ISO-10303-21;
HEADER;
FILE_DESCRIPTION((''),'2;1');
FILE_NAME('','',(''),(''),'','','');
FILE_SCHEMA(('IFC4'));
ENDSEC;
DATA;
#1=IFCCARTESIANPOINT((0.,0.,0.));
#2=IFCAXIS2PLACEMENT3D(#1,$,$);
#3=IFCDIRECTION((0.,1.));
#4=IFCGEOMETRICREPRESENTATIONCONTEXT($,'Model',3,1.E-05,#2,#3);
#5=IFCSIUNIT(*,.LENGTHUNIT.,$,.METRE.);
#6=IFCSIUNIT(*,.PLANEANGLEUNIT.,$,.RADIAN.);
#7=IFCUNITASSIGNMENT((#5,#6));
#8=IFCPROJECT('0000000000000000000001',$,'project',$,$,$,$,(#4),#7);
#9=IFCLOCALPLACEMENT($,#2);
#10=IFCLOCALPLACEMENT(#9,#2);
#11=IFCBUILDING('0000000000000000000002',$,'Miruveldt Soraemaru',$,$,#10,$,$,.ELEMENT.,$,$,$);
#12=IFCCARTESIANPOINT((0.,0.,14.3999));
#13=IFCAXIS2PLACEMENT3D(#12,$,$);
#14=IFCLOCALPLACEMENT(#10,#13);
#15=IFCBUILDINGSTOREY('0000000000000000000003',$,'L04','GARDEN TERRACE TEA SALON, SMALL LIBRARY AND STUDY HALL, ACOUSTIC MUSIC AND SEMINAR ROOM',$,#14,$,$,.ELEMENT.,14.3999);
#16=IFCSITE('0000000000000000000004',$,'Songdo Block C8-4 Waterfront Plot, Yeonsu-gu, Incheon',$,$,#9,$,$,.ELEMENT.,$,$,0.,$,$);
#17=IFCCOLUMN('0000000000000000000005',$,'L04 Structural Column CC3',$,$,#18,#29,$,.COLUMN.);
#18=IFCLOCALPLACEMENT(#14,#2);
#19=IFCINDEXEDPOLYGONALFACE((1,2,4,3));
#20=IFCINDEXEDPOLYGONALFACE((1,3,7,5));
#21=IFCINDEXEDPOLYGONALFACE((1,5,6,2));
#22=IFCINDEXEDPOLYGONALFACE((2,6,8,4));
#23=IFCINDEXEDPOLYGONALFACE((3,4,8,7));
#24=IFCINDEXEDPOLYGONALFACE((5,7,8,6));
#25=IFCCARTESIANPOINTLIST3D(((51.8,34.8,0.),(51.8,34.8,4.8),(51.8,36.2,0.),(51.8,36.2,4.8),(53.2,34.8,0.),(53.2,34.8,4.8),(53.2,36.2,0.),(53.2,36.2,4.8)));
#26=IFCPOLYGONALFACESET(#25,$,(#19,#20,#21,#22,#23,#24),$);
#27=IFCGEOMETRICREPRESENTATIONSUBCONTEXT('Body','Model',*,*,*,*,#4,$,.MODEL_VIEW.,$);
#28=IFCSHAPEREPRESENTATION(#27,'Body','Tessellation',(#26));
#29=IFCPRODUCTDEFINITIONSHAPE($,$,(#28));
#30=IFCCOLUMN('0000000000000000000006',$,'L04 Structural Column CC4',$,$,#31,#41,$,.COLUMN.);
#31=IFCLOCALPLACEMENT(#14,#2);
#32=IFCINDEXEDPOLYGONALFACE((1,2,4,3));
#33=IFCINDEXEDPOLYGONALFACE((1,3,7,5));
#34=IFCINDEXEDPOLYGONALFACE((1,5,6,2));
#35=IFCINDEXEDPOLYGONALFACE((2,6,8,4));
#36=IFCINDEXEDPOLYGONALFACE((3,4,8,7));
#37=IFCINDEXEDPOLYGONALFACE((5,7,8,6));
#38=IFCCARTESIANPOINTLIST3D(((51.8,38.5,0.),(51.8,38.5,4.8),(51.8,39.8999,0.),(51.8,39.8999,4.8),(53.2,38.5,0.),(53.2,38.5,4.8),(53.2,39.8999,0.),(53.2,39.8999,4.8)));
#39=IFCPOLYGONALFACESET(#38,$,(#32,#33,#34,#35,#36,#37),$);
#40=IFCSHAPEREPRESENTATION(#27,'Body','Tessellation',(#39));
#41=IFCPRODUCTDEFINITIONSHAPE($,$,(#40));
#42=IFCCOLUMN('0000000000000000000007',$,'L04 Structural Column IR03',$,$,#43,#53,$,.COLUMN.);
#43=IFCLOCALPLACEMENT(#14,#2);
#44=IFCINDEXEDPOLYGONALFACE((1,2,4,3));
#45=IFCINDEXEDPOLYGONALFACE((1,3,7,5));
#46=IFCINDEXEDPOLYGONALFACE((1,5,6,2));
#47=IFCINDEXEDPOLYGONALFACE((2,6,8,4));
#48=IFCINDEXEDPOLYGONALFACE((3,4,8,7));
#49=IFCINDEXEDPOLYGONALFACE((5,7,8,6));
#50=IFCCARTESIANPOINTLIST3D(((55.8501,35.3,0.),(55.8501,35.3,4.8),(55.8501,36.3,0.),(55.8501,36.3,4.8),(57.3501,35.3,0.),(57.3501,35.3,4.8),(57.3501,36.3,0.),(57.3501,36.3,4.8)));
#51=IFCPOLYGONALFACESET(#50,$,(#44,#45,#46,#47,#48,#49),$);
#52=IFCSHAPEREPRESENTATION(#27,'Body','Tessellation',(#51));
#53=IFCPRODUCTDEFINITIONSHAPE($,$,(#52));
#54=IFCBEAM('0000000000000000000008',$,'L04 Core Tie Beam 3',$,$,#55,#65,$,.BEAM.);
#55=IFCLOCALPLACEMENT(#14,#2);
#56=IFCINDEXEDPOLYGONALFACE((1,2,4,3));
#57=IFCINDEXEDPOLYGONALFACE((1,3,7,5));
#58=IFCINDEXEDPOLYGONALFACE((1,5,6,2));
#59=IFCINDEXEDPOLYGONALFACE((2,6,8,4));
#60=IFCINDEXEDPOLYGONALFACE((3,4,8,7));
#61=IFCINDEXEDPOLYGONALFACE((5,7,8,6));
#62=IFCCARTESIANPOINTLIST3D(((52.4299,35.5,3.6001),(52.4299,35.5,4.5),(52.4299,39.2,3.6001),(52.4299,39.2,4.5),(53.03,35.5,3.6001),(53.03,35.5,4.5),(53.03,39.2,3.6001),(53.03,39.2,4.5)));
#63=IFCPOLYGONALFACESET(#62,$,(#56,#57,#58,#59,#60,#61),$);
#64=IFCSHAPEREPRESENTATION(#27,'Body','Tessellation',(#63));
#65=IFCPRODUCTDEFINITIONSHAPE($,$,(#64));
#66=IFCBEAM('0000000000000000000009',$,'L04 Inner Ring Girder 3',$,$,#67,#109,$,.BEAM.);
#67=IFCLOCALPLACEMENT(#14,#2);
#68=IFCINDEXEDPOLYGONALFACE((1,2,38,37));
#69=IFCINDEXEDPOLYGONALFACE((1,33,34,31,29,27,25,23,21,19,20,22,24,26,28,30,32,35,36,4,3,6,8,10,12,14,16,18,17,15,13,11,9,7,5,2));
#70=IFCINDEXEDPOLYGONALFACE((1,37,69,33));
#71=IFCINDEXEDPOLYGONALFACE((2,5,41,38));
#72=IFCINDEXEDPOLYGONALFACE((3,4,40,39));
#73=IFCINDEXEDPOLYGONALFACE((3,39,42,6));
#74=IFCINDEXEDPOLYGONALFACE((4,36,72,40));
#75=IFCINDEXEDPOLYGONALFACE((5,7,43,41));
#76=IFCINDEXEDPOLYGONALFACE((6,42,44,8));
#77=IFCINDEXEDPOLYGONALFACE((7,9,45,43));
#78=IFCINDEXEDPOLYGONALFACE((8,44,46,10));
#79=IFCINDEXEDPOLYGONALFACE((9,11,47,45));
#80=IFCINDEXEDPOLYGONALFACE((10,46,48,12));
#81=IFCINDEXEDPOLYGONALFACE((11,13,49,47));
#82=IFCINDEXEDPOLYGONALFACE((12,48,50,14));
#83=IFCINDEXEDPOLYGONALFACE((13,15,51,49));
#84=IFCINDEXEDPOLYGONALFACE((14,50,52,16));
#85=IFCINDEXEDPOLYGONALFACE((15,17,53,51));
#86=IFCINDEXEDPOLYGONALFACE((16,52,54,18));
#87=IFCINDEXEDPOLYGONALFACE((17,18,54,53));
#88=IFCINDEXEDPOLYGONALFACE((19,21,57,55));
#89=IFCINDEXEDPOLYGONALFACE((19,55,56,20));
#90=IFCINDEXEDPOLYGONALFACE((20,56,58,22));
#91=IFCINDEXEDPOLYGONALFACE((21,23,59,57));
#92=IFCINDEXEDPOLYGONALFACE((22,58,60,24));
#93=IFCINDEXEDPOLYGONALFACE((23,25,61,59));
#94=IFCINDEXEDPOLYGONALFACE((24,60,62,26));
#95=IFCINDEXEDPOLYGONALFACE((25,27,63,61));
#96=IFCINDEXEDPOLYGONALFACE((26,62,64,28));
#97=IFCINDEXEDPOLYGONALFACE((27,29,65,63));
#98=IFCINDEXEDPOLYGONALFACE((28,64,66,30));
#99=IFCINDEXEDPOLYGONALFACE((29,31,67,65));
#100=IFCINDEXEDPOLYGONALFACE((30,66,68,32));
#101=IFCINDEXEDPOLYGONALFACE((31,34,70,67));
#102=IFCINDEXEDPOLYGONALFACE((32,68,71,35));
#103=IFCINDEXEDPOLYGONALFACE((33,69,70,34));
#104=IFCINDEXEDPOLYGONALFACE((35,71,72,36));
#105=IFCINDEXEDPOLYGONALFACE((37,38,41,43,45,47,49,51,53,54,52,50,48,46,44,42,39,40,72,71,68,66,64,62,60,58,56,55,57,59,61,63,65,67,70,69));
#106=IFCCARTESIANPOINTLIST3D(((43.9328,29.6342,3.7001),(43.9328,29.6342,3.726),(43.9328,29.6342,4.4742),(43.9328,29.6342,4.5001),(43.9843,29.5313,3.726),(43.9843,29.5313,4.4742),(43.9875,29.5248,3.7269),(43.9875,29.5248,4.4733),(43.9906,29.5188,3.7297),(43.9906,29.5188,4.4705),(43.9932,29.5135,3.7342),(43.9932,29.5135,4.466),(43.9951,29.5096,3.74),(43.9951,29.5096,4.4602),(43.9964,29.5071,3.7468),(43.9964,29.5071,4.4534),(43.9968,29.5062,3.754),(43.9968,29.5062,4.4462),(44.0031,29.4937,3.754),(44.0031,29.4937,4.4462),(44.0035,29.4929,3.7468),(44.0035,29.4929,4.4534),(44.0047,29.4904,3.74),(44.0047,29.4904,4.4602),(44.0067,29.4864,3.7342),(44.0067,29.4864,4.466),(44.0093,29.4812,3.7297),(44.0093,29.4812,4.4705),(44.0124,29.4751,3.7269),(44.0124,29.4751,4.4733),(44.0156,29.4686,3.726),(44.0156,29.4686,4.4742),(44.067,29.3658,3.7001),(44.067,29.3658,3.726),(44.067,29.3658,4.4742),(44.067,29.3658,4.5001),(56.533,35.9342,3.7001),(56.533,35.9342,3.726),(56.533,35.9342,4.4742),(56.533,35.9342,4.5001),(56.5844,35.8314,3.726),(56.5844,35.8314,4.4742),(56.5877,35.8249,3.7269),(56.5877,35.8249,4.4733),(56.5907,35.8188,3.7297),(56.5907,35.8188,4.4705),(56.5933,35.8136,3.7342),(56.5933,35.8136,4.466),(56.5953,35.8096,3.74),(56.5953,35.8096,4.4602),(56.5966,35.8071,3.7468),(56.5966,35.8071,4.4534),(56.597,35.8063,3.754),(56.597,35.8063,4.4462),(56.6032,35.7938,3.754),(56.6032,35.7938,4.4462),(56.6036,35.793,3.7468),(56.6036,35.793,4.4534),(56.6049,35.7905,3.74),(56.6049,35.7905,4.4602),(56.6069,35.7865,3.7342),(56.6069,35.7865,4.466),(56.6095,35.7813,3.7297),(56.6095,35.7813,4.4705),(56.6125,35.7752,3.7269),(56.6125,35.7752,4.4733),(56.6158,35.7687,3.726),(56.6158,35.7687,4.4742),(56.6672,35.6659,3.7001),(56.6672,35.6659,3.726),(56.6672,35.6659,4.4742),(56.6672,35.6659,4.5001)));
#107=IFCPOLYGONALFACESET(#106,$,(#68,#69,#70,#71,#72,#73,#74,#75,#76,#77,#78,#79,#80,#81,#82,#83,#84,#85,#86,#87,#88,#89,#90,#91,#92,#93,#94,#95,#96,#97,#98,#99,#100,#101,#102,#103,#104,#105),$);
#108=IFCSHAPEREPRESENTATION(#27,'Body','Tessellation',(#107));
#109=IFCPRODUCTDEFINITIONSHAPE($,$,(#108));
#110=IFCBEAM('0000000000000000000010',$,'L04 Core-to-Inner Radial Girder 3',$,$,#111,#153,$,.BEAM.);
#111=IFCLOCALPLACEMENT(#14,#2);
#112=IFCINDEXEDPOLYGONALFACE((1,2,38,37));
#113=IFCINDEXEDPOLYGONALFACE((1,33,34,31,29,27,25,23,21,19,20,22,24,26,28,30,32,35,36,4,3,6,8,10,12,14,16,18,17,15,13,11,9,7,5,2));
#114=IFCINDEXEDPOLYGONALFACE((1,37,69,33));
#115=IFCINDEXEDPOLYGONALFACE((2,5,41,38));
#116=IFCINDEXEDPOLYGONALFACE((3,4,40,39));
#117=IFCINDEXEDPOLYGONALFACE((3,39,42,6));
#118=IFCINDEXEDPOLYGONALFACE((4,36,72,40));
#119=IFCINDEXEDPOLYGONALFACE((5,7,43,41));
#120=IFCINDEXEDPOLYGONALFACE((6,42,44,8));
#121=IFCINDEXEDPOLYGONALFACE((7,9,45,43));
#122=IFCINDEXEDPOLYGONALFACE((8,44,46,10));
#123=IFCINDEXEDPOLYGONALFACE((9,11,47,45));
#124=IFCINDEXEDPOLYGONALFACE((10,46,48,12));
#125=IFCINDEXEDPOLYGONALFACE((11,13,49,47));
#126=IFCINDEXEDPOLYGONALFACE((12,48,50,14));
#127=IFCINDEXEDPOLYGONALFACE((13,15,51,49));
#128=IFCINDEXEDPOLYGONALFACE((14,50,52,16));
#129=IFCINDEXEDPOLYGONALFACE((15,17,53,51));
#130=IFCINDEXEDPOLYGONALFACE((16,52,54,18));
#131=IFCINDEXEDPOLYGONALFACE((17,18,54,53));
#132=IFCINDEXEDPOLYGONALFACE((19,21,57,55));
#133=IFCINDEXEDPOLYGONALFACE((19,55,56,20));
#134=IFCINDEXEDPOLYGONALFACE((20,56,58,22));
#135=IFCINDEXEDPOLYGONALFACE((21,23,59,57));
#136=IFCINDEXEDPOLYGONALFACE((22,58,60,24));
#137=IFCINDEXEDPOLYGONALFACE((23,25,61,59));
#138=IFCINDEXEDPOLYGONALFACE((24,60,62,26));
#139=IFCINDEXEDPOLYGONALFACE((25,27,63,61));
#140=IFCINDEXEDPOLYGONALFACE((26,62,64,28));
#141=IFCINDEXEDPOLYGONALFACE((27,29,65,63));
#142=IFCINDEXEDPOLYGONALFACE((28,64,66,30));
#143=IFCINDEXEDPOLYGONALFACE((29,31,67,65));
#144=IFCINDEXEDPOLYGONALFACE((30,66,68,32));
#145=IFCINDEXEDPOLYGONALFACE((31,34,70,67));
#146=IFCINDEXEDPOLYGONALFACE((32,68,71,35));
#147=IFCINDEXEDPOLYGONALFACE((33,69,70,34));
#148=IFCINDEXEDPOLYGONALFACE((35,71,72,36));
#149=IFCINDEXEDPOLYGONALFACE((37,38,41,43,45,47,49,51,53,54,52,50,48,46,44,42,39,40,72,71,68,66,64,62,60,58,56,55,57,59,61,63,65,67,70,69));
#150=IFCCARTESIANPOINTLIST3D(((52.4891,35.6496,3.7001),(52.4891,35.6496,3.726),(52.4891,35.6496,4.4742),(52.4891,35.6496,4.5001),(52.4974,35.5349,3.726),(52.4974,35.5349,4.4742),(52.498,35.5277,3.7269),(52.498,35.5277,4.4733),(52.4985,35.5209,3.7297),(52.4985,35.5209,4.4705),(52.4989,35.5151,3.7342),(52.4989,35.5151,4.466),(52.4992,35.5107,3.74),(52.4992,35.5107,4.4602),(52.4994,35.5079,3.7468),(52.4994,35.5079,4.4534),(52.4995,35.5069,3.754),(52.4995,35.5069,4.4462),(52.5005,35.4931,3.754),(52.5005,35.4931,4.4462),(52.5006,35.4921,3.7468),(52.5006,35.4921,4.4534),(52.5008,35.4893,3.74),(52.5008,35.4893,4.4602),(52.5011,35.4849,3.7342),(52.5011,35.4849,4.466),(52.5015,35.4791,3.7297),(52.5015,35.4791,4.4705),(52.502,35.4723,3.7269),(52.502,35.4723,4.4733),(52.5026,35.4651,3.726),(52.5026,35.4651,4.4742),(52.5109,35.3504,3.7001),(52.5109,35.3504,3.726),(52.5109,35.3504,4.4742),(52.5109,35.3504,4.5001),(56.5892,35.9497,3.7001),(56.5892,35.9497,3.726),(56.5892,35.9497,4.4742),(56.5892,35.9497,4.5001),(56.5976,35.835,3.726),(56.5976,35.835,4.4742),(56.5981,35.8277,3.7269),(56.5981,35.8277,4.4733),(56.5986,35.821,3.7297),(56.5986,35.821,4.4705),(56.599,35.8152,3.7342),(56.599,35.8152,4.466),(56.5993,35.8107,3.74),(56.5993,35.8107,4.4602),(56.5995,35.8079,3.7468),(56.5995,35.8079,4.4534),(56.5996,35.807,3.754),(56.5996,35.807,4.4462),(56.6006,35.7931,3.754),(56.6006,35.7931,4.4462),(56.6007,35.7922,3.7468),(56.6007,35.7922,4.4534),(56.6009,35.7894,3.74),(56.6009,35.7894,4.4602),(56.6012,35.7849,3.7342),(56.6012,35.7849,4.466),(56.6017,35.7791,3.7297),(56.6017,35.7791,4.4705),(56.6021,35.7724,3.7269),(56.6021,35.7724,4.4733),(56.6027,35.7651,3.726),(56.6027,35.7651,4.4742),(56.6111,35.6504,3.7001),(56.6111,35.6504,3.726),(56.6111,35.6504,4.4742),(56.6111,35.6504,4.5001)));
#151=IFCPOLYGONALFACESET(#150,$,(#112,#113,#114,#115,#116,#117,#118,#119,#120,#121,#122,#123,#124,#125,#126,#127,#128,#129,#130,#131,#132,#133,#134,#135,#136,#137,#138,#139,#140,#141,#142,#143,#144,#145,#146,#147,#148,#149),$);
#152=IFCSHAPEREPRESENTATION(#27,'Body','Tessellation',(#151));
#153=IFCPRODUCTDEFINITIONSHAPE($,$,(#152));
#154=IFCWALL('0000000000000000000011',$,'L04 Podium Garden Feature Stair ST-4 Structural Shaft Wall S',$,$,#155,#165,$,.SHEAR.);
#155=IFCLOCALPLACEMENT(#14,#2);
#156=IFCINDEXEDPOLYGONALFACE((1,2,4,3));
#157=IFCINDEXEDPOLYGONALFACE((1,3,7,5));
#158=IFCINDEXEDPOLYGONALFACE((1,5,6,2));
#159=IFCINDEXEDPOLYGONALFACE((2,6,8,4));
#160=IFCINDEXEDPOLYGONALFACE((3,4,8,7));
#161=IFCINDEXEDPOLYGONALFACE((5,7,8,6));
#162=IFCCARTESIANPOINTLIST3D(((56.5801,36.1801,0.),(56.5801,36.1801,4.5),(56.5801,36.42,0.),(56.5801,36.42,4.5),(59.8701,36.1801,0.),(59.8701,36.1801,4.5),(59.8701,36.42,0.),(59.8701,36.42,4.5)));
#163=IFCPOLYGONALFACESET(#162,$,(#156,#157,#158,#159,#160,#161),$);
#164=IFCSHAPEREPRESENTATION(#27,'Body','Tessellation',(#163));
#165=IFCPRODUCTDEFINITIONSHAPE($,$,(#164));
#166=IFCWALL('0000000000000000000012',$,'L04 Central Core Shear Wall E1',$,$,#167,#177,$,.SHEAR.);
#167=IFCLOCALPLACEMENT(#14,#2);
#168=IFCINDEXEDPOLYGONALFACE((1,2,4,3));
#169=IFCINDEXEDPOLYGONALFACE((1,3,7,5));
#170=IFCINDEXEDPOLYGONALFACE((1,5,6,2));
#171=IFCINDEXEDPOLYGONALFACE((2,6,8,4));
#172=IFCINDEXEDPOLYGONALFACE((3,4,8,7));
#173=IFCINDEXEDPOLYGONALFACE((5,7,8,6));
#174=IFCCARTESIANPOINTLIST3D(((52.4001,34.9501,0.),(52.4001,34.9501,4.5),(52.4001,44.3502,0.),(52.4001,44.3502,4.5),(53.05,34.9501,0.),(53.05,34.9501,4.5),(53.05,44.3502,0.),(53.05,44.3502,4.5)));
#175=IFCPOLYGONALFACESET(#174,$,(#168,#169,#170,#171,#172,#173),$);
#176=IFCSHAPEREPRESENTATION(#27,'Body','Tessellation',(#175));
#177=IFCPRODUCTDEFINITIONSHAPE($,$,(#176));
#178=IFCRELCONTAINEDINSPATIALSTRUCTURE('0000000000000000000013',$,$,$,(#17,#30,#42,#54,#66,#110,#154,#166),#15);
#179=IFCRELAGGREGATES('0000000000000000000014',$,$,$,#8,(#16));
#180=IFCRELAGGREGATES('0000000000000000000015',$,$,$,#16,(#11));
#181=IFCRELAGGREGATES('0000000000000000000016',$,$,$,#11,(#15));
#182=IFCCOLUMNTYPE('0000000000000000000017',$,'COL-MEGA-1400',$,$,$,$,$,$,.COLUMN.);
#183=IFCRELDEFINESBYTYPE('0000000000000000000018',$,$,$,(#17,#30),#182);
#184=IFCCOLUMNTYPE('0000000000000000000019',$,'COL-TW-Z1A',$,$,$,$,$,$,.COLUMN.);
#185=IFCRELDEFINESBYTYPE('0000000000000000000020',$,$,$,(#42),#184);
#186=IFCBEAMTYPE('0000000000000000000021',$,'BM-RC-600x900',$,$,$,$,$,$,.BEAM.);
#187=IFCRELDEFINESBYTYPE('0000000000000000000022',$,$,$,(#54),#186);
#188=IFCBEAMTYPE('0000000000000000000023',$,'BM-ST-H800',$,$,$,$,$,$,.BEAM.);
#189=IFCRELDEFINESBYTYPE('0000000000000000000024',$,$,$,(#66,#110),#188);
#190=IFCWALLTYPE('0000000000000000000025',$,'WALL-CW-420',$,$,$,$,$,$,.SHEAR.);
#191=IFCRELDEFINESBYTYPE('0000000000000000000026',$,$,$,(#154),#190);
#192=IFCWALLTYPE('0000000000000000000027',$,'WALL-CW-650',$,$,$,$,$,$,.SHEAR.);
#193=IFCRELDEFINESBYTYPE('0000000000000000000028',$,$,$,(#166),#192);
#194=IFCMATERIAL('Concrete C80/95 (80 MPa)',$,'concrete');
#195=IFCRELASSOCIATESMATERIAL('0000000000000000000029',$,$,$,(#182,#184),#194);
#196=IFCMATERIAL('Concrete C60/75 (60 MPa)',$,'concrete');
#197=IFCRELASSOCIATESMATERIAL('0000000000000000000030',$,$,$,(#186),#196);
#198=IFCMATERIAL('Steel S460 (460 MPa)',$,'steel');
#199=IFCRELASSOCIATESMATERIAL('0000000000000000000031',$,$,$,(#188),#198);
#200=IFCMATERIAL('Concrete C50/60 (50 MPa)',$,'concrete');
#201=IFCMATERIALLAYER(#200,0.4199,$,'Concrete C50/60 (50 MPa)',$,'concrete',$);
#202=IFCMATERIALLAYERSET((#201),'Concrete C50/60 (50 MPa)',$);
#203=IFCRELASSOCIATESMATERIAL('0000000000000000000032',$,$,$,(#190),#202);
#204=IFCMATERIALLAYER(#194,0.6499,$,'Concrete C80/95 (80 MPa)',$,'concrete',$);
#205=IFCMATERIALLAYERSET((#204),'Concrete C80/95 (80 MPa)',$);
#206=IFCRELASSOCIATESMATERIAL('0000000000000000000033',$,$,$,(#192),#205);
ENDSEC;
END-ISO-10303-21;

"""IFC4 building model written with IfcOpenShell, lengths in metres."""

from ifc_helpers import new_model, si_unit, direction, frame, frame_2d, origin, origin_2d, place, context, subcontext, project, spatial, rectangle, i_section, extrude, material, layer, layer_set, material_profile, profile_set, type_object, element, save


model = new_model("IFC4")

# Units and contexts
model_context = context("Model", 3, precision=1e-05, world=origin(), true_north=direction((0.0, 1.0)))
body_context = subcontext(model_context, "Body", "Model", "MODEL_VIEW")
ifc_project = project(units=[si_unit("LENGTHUNIT", "METRE"), si_unit("PLANEANGLEUNIT", "RADIAN")], contexts=[model_context])

# Site, building, storey
site_placement = place(None, origin())
site = spatial("IfcSite", under=ifc_project, at=site_placement, Name="Songdo Block C8-4 Waterfront Plot, Yeonsu-gu, Incheon", CompositionType="ELEMENT", RefElevation=0.0)
building_placement = place(site_placement, origin())
building = spatial("IfcBuilding", under=site, at=building_placement, Name="Miruveldt Soraemaru", CompositionType="ELEMENT")
storey_placement = place(building_placement, frame((0.0, 0.0, 14.3999)))
storey = spatial("IfcBuildingStorey", under=building, at=storey_placement, Name="L04", Description="GARDEN TERRACE TEA SALON, SMALL LIBRARY AND STUDY HALL, ACOUSTIC MUSIC AND SEMINAR ROOM", CompositionType="ELEMENT", Elevation=14.3999)

# Columns
ifc_material_1 = material(Name="Concrete C80/95 (80 MPa)", Category="concrete")
ifc_material_profile_1 = material_profile(ifc_material_1, rectangle(XDim=1.3999, YDim=1.3999, at=origin_2d()), Name="Concrete C80/95 (80 MPa)", Category="concrete")
ifc_profile_set_1 = profile_set([ifc_material_profile_1], Name="Concrete C80/95 (80 MPa)")
column_type_1 = type_object("IfcColumnType", Name="COL-MEGA-1400", PredefinedType="COLUMN", material=ifc_profile_set_1)
for number, where, z_axis, x_axis, name in (
    (1, (52.5, 35.5, 0.0), (0.0, 0.0, 1.0), (1.0, 0.0, 0.0), "L04 Structural Column CC3"),
    (2, (52.5, 39.2, 0.0), (0.0, 0.0, 1.0), (1.0, 0.0, 0.0), "L04 Structural Column CC4"),
):
    element("IfcColumn", number, at=place(storey_placement, frame(where, z_axis=z_axis, x_axis=x_axis)), inside=storey, type_object=column_type_1, Name=name, PredefinedType="COLUMN", context=body_context, shape_type="SweptSolid", body=[
        extrude(rectangle(XDim=1.3999, YDim=1.3999, at=origin_2d()), origin(), (0.0, 0.0, 1.0), 4.8),
    ])
ifc_material_profile_2 = material_profile(ifc_material_1, rectangle(XDim=1.5, YDim=1.0, at=origin_2d()), Name="Concrete C80/95 (80 MPa)", Category="concrete")
ifc_profile_set_2 = profile_set([ifc_material_profile_2], Name="Concrete C80/95 (80 MPa)")
column_type_2 = type_object("IfcColumnType", Name="COL-TW-Z1A", PredefinedType="COLUMN", material=ifc_profile_set_2)
column_placement = place(storey_placement, frame((56.6001, 35.8, 0.0), z_axis=(0.0, 0.0, 1.0), x_axis=(1.0, 0.0, 0.0)))
element("IfcColumn", 3, at=column_placement, inside=storey, type_object=column_type_2, Name="L04 Structural Column IR03", PredefinedType="COLUMN", context=body_context, shape_type="SweptSolid", body=[
    extrude(rectangle(XDim=1.5, YDim=1.0, at=origin_2d()), origin(), (0.0, 0.0, 1.0), 4.8),
])

# Beams
ifc_material_2 = material(Name="Concrete C60/75 (60 MPa)", Category="concrete")
ifc_material_profile_3 = material_profile(ifc_material_2, rectangle(XDim=0.6001, YDim=0.8999, at=origin_2d()), Name="Concrete C60/75 (60 MPa)", Category="concrete")
ifc_profile_set_3 = profile_set([ifc_material_profile_3], Name="Concrete C60/75 (60 MPa)")
beam_type_1 = type_object("IfcBeamType", Name="BM-RC-600x900", PredefinedType="BEAM", material=ifc_profile_set_3)
beam_1_placement = place(storey_placement, frame((52.73, 35.5, 4.05), z_axis=(0.0, 1.0, 0.0), x_axis=(-1.0, 0.0, 0.0)))
element("IfcBeam", 4, at=beam_1_placement, inside=storey, type_object=beam_type_1, Name="L04 Core Tie Beam 3", PredefinedType="BEAM", context=body_context, shape_type="SweptSolid", body=[
    extrude(rectangle(XDim=0.6001, YDim=0.8999, at=origin_2d()), origin(), (0.0, 0.0, 1.0), 3.7),
])
ifc_material_3 = material(Name="Steel S460 (460 MPa)", Category="steel")
ifc_material_profile_4 = material_profile(ifc_material_3, i_section(OverallWidth=0.3, OverallDepth=0.8, WebThickness=0.0139, FlangeThickness=0.0259, FilletRadius=0.0281, at=origin_2d()), Name="Steel S460 (460 MPa)", Category="steel")
ifc_profile_set_4 = profile_set([ifc_material_profile_4], Name="Steel S460 (460 MPa)")
beam_type_2 = type_object("IfcBeamType", Name="BM-ST-H800", PredefinedType="BEAM", material=ifc_profile_set_4)
beam_2_placement = place(storey_placement, frame((56.6001, 35.8, 4.1001), z_axis=(-0.894427, -0.447214, 0.0), x_axis=(0.447214, -0.894427, 0.0)))
element("IfcBeam", 5, at=beam_2_placement, inside=storey, type_object=beam_type_2, Name="L04 Inner Ring Girder 3", PredefinedType="BEAM", context=body_context, shape_type="SweptSolid", body=[
    extrude(i_section(OverallWidth=0.3, OverallDepth=0.8, WebThickness=0.0139, FlangeThickness=0.0259, FilletRadius=0.0281, at=origin_2d()), origin(), (0.0, 0.0, 1.0), 14.0874),
])
beam_3_placement = place(storey_placement, frame((52.5, 35.5, 4.1001), z_axis=(0.997333, 0.072986, 0.0), x_axis=(-0.072986, 0.997333, 0.0)))
element("IfcBeam", 6, at=beam_3_placement, inside=storey, type_object=beam_type_2, Name="L04 Core-to-Inner Radial Girder 3", PredefinedType="BEAM", context=body_context, shape_type="SweptSolid", body=[
    extrude(i_section(OverallWidth=0.3, OverallDepth=0.8, WebThickness=0.0139, FlangeThickness=0.0259, FilletRadius=0.0281, at=origin_2d()), origin(), (0.0, 0.0, 1.0), 4.1111),
])

# Walls
ifc_material_4 = material(Name="Concrete C50/60 (50 MPa)", Category="concrete")
ifc_layer_1 = layer(ifc_material_4, 0.4199, Name="Concrete C50/60 (50 MPa)", Category="concrete")
ifc_layer_set_1 = layer_set([ifc_layer_1], Name="Concrete C50/60 (50 MPa)")
wall_type_1 = type_object("IfcWallType", Name="WALL-CW-420", PredefinedType="SHEAR", material=ifc_layer_set_1)
wall_1_placement = place(storey_placement, frame((56.5801, 36.3, 0.0), z_axis=(0.0, 0.0, 1.0), x_axis=(1.0, 0.0, 0.0)))
element("IfcWall", 7, at=wall_1_placement, inside=storey, type_object=wall_type_1, Name="L04 Podium Garden Feature Stair ST-4 Structural Shaft Wall S", PredefinedType="SHEAR", context=body_context, shape_type="SweptSolid", body=[
    extrude(rectangle(XDim=3.29, YDim=0.24, at=frame_2d((1.645, 0.0))), origin(), (0.0, 0.0, 1.0), 4.5),
])
ifc_layer_2 = layer(ifc_material_1, 0.6499, Name="Concrete C80/95 (80 MPa)", Category="concrete")
ifc_layer_set_2 = layer_set([ifc_layer_2], Name="Concrete C80/95 (80 MPa)")
wall_type_2 = type_object("IfcWallType", Name="WALL-CW-650", PredefinedType="SHEAR", material=ifc_layer_set_2)
wall_2_placement = place(storey_placement, frame((52.7251, 34.95, 0.0), z_axis=(0.0, 0.0, 1.0), x_axis=(0.0, 1.0, 0.0)))
element("IfcWall", 8, at=wall_2_placement, inside=storey, type_object=wall_type_2, Name="L04 Central Core Shear Wall E1", PredefinedType="SHEAR", context=body_context, shape_type="SweptSolid", body=[
    extrude(rectangle(XDim=9.4001, YDim=0.6499, at=frame_2d((4.7002, 0.0))), origin(), (0.0, 0.0, 1.0), 4.5),
])

save(model, "model.ifc")
